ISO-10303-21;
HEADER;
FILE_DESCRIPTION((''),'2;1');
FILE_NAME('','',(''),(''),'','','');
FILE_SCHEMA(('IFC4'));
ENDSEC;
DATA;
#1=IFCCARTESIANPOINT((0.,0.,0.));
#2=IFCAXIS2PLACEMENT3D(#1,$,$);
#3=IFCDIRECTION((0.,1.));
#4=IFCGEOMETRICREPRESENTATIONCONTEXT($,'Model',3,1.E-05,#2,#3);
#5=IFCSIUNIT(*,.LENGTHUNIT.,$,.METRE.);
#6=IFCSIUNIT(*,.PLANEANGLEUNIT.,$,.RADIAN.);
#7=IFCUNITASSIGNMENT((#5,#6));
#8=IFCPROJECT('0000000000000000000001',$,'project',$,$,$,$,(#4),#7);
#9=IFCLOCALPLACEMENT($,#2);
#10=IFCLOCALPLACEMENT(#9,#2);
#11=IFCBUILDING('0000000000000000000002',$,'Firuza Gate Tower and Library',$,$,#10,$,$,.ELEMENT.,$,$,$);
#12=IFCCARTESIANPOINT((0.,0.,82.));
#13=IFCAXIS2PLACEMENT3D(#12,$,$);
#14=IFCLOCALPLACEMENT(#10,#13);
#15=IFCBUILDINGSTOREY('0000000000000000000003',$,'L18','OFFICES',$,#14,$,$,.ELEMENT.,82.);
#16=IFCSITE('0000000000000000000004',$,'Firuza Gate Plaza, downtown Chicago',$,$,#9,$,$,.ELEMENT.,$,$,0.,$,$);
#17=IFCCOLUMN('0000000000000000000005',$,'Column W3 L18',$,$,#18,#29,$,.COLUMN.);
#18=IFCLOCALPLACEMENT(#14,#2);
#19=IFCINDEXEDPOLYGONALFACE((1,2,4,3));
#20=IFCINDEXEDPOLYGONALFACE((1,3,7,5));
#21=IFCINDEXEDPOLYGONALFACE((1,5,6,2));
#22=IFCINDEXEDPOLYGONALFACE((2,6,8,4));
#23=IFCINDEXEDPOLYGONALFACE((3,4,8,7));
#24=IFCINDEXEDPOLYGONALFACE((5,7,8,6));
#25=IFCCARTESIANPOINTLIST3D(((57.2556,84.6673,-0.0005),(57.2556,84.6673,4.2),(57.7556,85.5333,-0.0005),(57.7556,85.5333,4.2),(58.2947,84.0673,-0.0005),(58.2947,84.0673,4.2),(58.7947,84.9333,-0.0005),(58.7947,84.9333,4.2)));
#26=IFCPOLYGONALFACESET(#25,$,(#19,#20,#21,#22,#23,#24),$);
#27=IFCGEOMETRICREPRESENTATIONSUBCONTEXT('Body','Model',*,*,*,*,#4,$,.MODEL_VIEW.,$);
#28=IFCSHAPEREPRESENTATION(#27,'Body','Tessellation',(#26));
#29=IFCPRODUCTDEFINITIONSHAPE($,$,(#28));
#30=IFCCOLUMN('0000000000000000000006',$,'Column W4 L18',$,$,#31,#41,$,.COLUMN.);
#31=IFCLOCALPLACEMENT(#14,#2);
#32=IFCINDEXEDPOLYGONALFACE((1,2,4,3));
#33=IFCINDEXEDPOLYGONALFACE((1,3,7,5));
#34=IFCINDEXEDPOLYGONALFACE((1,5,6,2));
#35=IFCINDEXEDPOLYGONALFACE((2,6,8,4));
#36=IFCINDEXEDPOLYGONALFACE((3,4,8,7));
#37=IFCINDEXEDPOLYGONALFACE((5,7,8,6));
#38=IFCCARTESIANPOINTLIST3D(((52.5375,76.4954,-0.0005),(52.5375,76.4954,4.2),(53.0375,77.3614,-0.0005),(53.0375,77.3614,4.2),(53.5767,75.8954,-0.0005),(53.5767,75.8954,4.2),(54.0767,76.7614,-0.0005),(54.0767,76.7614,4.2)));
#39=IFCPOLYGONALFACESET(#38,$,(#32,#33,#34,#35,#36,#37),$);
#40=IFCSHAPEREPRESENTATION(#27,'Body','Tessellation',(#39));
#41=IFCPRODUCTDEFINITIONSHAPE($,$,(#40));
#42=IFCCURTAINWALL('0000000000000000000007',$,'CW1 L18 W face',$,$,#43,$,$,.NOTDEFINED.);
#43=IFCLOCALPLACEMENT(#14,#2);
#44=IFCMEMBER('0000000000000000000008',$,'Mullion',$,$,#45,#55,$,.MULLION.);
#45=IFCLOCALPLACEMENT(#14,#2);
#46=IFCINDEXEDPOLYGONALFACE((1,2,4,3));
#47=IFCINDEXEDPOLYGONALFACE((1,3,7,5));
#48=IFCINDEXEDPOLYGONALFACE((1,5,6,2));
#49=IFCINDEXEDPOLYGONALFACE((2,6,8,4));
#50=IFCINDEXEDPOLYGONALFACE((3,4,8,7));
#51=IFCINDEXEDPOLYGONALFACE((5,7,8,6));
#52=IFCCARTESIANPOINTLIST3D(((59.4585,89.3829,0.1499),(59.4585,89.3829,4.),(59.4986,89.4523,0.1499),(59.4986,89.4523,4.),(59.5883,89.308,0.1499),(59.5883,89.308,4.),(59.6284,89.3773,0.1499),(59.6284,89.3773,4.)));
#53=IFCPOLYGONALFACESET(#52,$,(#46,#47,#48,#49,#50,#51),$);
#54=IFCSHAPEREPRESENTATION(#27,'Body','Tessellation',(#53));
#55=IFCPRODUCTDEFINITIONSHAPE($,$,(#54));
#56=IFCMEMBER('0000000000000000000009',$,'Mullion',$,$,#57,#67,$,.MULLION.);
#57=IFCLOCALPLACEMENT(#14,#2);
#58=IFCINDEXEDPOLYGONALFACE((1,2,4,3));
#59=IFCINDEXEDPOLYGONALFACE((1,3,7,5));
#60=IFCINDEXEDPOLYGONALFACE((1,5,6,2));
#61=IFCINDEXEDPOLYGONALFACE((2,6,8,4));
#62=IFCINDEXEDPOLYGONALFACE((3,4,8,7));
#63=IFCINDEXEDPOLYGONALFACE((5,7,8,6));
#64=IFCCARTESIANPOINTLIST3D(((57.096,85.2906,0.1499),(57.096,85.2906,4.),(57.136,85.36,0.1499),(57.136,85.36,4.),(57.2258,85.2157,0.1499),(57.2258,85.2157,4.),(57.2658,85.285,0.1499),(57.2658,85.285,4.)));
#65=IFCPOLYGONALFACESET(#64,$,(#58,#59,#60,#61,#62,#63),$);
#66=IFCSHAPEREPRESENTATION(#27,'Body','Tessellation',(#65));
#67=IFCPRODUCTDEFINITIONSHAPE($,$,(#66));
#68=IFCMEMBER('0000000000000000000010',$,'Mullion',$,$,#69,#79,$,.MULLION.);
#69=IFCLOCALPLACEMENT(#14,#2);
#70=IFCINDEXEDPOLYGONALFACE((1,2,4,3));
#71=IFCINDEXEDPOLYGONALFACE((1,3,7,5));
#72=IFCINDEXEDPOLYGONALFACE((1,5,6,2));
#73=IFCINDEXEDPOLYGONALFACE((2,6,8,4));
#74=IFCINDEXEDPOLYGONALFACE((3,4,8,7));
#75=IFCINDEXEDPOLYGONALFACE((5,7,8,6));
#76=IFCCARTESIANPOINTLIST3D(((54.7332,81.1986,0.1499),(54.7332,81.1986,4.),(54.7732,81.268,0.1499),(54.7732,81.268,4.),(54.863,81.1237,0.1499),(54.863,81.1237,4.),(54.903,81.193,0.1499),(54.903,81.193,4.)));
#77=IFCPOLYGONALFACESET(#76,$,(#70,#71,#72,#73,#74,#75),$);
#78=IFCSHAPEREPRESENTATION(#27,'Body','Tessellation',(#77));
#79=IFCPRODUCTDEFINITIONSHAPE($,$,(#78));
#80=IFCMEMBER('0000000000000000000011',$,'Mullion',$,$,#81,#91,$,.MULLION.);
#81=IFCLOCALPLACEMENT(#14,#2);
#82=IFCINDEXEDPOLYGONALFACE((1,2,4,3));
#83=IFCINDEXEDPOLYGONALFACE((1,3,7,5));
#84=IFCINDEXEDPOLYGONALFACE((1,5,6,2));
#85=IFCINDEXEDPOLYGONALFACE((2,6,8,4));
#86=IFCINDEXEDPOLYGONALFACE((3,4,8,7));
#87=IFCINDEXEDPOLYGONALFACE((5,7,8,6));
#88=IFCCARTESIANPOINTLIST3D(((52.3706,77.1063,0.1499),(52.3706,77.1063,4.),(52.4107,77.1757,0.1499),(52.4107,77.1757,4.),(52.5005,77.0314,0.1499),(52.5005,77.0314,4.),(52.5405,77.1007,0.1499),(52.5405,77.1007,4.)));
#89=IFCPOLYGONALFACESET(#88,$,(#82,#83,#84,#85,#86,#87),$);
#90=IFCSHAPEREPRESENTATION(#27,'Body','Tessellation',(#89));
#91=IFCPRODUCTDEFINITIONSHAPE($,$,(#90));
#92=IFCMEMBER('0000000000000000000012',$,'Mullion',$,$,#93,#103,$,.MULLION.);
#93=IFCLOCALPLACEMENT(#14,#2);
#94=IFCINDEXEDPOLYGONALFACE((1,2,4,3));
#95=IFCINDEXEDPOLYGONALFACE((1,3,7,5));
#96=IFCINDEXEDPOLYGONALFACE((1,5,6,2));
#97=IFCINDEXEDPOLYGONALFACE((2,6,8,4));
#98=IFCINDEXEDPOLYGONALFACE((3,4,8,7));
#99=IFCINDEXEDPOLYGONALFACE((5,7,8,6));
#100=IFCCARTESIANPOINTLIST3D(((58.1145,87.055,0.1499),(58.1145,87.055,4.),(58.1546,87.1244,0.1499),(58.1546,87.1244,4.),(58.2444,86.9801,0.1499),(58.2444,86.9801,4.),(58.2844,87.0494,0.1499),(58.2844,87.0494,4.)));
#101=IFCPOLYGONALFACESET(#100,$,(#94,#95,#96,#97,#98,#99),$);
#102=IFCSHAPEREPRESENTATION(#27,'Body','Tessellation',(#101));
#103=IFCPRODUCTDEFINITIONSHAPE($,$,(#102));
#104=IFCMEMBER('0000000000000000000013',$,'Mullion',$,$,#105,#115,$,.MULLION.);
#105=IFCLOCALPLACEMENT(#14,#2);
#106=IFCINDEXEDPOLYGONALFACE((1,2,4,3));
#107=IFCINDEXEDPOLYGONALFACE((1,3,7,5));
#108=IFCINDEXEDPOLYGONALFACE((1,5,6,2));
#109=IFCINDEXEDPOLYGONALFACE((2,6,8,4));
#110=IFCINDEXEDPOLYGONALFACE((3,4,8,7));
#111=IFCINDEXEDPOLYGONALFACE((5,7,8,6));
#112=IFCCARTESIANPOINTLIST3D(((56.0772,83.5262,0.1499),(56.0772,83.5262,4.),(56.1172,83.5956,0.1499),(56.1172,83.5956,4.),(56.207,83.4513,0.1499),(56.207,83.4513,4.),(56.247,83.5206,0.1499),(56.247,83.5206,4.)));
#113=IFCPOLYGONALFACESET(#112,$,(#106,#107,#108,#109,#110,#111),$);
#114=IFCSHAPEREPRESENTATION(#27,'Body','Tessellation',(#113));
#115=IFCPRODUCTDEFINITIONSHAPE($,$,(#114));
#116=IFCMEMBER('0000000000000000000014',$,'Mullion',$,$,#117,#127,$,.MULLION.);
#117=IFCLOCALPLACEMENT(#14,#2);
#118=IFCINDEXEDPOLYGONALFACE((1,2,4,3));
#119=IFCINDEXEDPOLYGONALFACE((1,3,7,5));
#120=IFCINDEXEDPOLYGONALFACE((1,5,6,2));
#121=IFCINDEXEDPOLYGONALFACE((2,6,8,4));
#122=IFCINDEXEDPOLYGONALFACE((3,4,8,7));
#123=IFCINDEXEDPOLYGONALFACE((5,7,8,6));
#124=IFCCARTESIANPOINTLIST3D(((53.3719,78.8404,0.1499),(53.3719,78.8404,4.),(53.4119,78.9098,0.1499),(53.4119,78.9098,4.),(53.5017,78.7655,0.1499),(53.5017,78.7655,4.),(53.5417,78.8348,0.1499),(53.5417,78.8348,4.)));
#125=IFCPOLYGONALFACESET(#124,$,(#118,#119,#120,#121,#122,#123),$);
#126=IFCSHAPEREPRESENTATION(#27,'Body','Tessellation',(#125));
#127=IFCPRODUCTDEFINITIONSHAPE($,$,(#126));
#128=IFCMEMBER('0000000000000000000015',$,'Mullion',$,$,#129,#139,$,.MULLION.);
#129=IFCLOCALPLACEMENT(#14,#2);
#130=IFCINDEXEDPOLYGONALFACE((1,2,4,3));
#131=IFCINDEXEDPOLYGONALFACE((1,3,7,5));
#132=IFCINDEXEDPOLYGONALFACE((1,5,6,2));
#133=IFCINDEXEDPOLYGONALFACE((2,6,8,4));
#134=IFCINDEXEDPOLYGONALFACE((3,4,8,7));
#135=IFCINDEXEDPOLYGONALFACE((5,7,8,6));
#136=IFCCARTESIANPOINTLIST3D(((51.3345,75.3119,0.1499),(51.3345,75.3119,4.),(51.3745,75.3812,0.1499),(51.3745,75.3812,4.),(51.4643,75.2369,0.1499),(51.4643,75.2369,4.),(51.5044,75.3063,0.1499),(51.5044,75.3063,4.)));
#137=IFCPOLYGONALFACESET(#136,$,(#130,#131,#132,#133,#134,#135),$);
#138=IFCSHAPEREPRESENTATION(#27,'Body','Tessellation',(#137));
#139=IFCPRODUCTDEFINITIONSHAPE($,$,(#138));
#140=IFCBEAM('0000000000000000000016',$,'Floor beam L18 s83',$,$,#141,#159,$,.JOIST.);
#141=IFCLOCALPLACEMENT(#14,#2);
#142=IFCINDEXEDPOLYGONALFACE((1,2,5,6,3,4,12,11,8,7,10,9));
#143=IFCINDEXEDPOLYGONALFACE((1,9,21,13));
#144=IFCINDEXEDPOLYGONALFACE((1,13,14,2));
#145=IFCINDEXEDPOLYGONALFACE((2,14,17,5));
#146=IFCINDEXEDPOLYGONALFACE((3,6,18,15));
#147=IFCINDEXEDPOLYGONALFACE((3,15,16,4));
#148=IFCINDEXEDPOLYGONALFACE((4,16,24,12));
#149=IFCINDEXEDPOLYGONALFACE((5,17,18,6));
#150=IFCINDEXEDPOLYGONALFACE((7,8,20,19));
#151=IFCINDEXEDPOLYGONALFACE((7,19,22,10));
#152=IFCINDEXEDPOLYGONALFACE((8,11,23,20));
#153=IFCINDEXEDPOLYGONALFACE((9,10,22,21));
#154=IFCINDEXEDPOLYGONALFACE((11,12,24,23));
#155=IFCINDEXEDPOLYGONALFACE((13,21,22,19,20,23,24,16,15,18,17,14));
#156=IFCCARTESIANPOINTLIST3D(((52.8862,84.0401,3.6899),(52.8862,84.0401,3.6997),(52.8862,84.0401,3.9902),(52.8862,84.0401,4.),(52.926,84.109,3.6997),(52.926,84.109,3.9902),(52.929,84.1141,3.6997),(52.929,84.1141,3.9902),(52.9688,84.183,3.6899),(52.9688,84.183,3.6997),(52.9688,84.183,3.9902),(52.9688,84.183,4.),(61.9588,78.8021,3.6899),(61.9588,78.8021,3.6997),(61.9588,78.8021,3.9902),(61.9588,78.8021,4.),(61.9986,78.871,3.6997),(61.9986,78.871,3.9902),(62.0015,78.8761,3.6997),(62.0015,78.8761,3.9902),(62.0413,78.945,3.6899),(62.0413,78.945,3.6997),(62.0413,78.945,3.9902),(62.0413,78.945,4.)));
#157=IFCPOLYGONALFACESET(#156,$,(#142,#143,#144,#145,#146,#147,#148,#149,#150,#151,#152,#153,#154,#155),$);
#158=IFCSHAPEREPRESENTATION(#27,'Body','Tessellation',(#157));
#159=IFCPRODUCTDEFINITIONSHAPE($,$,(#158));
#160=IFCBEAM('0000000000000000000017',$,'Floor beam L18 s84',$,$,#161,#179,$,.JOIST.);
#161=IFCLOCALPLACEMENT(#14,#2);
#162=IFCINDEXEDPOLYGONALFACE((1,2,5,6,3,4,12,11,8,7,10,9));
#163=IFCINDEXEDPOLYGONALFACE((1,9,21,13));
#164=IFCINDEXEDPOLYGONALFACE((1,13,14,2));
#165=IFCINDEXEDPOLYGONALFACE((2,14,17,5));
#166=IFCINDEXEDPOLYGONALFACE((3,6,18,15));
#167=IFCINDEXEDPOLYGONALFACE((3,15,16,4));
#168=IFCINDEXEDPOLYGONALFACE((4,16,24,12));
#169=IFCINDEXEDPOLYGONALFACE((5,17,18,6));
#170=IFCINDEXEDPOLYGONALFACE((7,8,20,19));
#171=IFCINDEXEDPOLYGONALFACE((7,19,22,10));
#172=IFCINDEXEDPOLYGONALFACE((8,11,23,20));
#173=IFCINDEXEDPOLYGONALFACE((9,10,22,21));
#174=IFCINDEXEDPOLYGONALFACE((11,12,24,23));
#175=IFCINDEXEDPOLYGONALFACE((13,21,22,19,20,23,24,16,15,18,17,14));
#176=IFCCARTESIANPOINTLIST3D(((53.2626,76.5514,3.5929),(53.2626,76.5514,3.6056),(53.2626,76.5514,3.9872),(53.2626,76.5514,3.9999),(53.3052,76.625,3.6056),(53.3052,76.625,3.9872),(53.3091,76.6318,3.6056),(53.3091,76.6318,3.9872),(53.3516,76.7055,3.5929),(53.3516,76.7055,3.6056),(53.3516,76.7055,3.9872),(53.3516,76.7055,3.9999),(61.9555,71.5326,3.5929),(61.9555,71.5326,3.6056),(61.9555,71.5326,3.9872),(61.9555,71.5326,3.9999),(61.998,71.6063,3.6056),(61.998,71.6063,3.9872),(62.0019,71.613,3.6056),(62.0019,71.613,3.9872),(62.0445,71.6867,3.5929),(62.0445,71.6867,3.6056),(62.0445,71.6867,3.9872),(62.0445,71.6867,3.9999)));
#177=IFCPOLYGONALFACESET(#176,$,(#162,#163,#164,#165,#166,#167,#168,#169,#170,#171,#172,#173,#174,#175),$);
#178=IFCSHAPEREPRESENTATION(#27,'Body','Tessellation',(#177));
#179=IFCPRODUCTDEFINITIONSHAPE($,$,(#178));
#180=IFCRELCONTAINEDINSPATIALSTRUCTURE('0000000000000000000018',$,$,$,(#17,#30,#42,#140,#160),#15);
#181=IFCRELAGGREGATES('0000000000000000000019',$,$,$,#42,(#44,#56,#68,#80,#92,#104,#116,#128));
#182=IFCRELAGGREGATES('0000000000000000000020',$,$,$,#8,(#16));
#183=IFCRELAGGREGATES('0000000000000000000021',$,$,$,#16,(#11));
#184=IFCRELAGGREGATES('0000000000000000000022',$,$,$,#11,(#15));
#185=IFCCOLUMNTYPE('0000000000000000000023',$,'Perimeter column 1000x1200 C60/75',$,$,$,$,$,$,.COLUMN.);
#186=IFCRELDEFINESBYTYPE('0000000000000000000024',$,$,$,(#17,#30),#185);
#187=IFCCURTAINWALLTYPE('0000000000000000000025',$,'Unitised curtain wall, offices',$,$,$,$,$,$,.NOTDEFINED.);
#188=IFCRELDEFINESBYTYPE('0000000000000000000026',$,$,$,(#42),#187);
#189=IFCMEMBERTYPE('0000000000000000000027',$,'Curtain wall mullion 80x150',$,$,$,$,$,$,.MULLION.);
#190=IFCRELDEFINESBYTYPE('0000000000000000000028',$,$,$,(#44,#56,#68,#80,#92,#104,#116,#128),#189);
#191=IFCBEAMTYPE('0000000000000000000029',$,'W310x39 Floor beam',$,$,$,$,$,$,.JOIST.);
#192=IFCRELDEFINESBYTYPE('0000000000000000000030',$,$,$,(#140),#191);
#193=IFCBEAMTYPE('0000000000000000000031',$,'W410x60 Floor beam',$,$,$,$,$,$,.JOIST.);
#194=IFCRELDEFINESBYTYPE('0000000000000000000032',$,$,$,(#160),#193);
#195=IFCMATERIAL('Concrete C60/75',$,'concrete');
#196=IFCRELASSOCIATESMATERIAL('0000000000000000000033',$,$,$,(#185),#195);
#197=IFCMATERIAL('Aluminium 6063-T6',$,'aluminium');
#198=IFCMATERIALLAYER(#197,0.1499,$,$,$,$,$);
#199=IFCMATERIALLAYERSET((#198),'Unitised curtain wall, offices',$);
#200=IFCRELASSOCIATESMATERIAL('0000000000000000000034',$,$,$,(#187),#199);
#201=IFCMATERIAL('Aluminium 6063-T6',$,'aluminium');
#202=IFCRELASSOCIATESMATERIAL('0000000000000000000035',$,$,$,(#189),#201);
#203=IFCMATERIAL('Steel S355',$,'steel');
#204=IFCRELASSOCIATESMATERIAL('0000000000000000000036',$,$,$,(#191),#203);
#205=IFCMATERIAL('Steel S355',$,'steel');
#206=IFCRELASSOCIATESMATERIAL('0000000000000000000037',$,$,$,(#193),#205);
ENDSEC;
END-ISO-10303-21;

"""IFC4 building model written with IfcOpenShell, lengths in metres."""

from ifc_helpers import new_model, si_unit, direction, frame, origin, origin_2d, place, context, subcontext, project, spatial, rectangle, i_section, extrude, material, layer, layer_set, material_profile, profile_set, type_object, element, aggregate, save


model = new_model("IFC4")

# Units and contexts
model_context = context("Model", 3, precision=1e-05, world=origin(), true_north=direction((0.0, 1.0)))
body_context = subcontext(model_context, "Body", "Model", "MODEL_VIEW")
ifc_project = project(units=[si_unit("LENGTHUNIT", "METRE"), si_unit("PLANEANGLEUNIT", "RADIAN")], contexts=[model_context])

# Site, building, storey
site_placement = place(None, origin())
site = spatial("IfcSite", under=ifc_project, at=site_placement, Name="Firuza Gate Plaza, downtown Chicago", CompositionType="ELEMENT", RefElevation=0.0)
building_placement = place(site_placement, origin())
building = spatial("IfcBuilding", under=site, at=building_placement, Name="Firuza Gate Tower and Library", CompositionType="ELEMENT")
storey_placement = place(building_placement, frame((0.0, 0.0, 82.0)))
storey = spatial("IfcBuildingStorey", under=building, at=storey_placement, Name="L18", Description="OFFICES", CompositionType="ELEMENT", Elevation=82.0)

# Columns
ifc_material_1 = material(Name="Concrete C60/75", Category="concrete")
ifc_material_profile_1 = material_profile(ifc_material_1, rectangle(XDim=1.0, YDim=1.2, at=origin_2d()))
ifc_profile_set_1 = profile_set([ifc_material_profile_1], Name="Concrete C60/75")
column_type = type_object("IfcColumnType", Name="Perimeter column 1000x1200 C60/75", PredefinedType="COLUMN", material=ifc_profile_set_1)
for number, where, z_axis, x_axis, name in (
    (1, (58.0251, 84.8003, -0.0005), (0.0, 0.0, 1.0), (-0.5, -0.866025, 0.0), "Column W3 L18"),
    (2, (53.3071, 76.6284, -0.0005), (0.0, 0.0, 1.0), (-0.5, -0.866025, 0.0), "Column W4 L18"),
):
    element("IfcColumn", number, at=place(storey_placement, frame(where, z_axis=z_axis, x_axis=x_axis)), inside=storey, type_object=column_type, Name=name, PredefinedType="COLUMN", context=body_context, shape_type="SweptSolid", body=[
        extrude(rectangle(XDim=1.0, YDim=1.2, at=origin_2d()), origin(), (0.0, 0.0, 1.0), 4.2004),
    ])

# Curtain wall, members
ifc_material_2 = material(Name="Aluminium 6063-T6", Category="aluminium")
ifc_layer_1 = layer(ifc_material_2, 0.1499)
ifc_layer_set_1 = layer_set([ifc_layer_1], Name="Unitised curtain wall, offices")
curtain_wall_type = type_object("IfcCurtainWallType", Name="Unitised curtain wall, offices", PredefinedType="NOTDEFINED", material=ifc_layer_set_1)
curtain_wall_placement = place(storey_placement, origin())
curtain_wall = element("IfcCurtainWall", 3, at=curtain_wall_placement, inside=storey, type_object=curtain_wall_type, Name="CW1 L18 W face", PredefinedType="NOTDEFINED")
ifc_material_3 = material(Name="Aluminium 6063-T6", Category="aluminium")
ifc_material_profile_2 = material_profile(ifc_material_3, rectangle(XDim=0.1499, YDim=0.0801, at=origin_2d()))
ifc_profile_set_2 = profile_set([ifc_material_profile_2], Name="Aluminium 6063-T6")
member_type = type_object("IfcMemberType", Name="Curtain wall mullion 80x150", PredefinedType="MULLION", material=ifc_profile_set_2)
member_1_placement = place(storey_placement, frame((59.5435, 89.3801, 0.1499), z_axis=(0.0, 0.0, 1.0), x_axis=(0.866025, -0.5, 0.0)))
member_1 = element("IfcMember", 4, at=member_1_placement, type_object=member_type, Name="Mullion", PredefinedType="MULLION", context=body_context, shape_type="SweptSolid", body=[
    extrude(rectangle(XDim=0.1499, YDim=0.0801, at=origin_2d()), origin(), (0.0, 0.0, 1.0), 3.8501),
])
member_2_placement = place(storey_placement, frame((57.1809, 85.2878, 0.1499), z_axis=(0.0, 0.0, 1.0), x_axis=(0.866025, -0.5, 0.0)))
member_2 = element("IfcMember", 5, at=member_2_placement, type_object=member_type, Name="Mullion", PredefinedType="MULLION", context=body_context, shape_type="SweptSolid", body=[
    extrude(rectangle(XDim=0.1499, YDim=0.0801, at=origin_2d()), origin(), (0.0, 0.0, 1.0), 3.8501),
])
member_3_placement = place(storey_placement, frame((54.8181, 81.1958, 0.1499), z_axis=(0.0, 0.0, 1.0), x_axis=(0.866025, -0.5, 0.0)))
member_3 = element("IfcMember", 6, at=member_3_placement, type_object=member_type, Name="Mullion", PredefinedType="MULLION", context=body_context, shape_type="SweptSolid", body=[
    extrude(rectangle(XDim=0.1499, YDim=0.0801, at=origin_2d()), origin(), (0.0, 0.0, 1.0), 3.8501),
])
member_4_placement = place(storey_placement, frame((52.4556, 77.1035, 0.1499), z_axis=(0.0, 0.0, 1.0), x_axis=(0.866025, -0.5, 0.0)))
member_4 = element("IfcMember", 7, at=member_4_placement, type_object=member_type, Name="Mullion", PredefinedType="MULLION", context=body_context, shape_type="SweptSolid", body=[
    extrude(rectangle(XDim=0.1499, YDim=0.0801, at=origin_2d()), origin(), (0.0, 0.0, 1.0), 3.8501),
])
member_5_placement = place(storey_placement, frame((58.1995, 87.0522, 0.1499), z_axis=(0.0, 0.0, 1.0), x_axis=(0.866025, -0.5, 0.0)))
member_5 = element("IfcMember", 8, at=member_5_placement, type_object=member_type, Name="Mullion", PredefinedType="MULLION", context=body_context, shape_type="SweptSolid", body=[
    extrude(rectangle(XDim=0.1499, YDim=0.0801, at=origin_2d()), origin(), (0.0, 0.0, 1.0), 3.8501),
])
member_6_placement = place(storey_placement, frame((56.1621, 83.5234, 0.1499), z_axis=(0.0, 0.0, 1.0), x_axis=(0.866025, -0.5, 0.0)))
member_6 = element("IfcMember", 9, at=member_6_placement, type_object=member_type, Name="Mullion", PredefinedType="MULLION", context=body_context, shape_type="SweptSolid", body=[
    extrude(rectangle(XDim=0.1499, YDim=0.0801, at=origin_2d()), origin(), (0.0, 0.0, 1.0), 3.8501),
])
member_7_placement = place(storey_placement, frame((53.4568, 78.8376, 0.1499), z_axis=(0.0, 0.0, 1.0), x_axis=(0.866025, -0.5, 0.0)))
member_7 = element("IfcMember", 10, at=member_7_placement, type_object=member_type, Name="Mullion", PredefinedType="MULLION", context=body_context, shape_type="SweptSolid", body=[
    extrude(rectangle(XDim=0.1499, YDim=0.0801, at=origin_2d()), origin(), (0.0, 0.0, 1.0), 3.8501),
])
member_8_placement = place(storey_placement, frame((51.4194, 75.3091, 0.1499), z_axis=(0.0, 0.0, 1.0), x_axis=(0.866025, -0.5, 0.0)))
member_8 = element("IfcMember", 11, at=member_8_placement, type_object=member_type, Name="Mullion", PredefinedType="MULLION", context=body_context, shape_type="SweptSolid", body=[
    extrude(rectangle(XDim=0.1499, YDim=0.0801, at=origin_2d()), origin(), (0.0, 0.0, 1.0), 3.8501),
])

# Beams
ifc_material_4 = material(Name="Steel S355", Category="steel")
ifc_material_profile_3 = material_profile(ifc_material_4, i_section(OverallWidth=0.165, OverallDepth=0.3101, WebThickness=0.0059, FlangeThickness=0.0098, at=origin_2d()))
ifc_profile_set_3 = profile_set([ifc_material_profile_3], Name="Steel S355")
beam_type_1 = type_object("IfcBeamType", Name="W310x39 Floor beam", PredefinedType="JOIST", material=ifc_profile_set_3)
beam_1_placement = place(storey_placement, frame((52.9275, 84.1116, 3.845), z_axis=(0.866025, -0.500002, 0.0), x_axis=(0.500002, 0.866025, 0.0)))
element("IfcBeam", 12, at=beam_1_placement, inside=storey, type_object=beam_type_1, Name="Floor beam L18 s83", PredefinedType="JOIST", context=body_context, shape_type="SweptSolid", body=[
    extrude(i_section(OverallWidth=0.165, OverallDepth=0.3101, WebThickness=0.0059, FlangeThickness=0.0098, at=origin_2d()), origin(), (0.0, 0.0, 1.0), 10.4761),
])
ifc_material_5 = material(Name="Steel S355", Category="steel")
ifc_material_profile_4 = material_profile(ifc_material_5, i_section(OverallWidth=0.178, OverallDepth=0.407, WebThickness=0.0078, FlangeThickness=0.0127, at=origin_2d()))
ifc_profile_set_4 = profile_set([ifc_material_profile_4], Name="Steel S355")
beam_type_2 = type_object("IfcBeamType", Name="W410x60 Floor beam", PredefinedType="JOIST", material=ifc_profile_set_4)
beam_2_placement = place(storey_placement, frame((53.3071, 76.6284, 3.7964), z_axis=(0.866027, -0.499998, 0.0), x_axis=(0.499998, 0.866027, 0.0)))
element("IfcBeam", 13, at=beam_2_placement, inside=storey, type_object=beam_type_2, Name="Floor beam L18 s84", PredefinedType="JOIST", context=body_context, shape_type="SweptSolid", body=[
    extrude(i_section(OverallWidth=0.178, OverallDepth=0.407, WebThickness=0.0078, FlangeThickness=0.0127, at=origin_2d()), origin(), (0.0, 0.0, 1.0), 10.0376),
])

aggregate(curtain_wall, [member_1, member_2, member_3, member_4, member_5, member_6, member_7, member_8])

save(model, "model.ifc")
